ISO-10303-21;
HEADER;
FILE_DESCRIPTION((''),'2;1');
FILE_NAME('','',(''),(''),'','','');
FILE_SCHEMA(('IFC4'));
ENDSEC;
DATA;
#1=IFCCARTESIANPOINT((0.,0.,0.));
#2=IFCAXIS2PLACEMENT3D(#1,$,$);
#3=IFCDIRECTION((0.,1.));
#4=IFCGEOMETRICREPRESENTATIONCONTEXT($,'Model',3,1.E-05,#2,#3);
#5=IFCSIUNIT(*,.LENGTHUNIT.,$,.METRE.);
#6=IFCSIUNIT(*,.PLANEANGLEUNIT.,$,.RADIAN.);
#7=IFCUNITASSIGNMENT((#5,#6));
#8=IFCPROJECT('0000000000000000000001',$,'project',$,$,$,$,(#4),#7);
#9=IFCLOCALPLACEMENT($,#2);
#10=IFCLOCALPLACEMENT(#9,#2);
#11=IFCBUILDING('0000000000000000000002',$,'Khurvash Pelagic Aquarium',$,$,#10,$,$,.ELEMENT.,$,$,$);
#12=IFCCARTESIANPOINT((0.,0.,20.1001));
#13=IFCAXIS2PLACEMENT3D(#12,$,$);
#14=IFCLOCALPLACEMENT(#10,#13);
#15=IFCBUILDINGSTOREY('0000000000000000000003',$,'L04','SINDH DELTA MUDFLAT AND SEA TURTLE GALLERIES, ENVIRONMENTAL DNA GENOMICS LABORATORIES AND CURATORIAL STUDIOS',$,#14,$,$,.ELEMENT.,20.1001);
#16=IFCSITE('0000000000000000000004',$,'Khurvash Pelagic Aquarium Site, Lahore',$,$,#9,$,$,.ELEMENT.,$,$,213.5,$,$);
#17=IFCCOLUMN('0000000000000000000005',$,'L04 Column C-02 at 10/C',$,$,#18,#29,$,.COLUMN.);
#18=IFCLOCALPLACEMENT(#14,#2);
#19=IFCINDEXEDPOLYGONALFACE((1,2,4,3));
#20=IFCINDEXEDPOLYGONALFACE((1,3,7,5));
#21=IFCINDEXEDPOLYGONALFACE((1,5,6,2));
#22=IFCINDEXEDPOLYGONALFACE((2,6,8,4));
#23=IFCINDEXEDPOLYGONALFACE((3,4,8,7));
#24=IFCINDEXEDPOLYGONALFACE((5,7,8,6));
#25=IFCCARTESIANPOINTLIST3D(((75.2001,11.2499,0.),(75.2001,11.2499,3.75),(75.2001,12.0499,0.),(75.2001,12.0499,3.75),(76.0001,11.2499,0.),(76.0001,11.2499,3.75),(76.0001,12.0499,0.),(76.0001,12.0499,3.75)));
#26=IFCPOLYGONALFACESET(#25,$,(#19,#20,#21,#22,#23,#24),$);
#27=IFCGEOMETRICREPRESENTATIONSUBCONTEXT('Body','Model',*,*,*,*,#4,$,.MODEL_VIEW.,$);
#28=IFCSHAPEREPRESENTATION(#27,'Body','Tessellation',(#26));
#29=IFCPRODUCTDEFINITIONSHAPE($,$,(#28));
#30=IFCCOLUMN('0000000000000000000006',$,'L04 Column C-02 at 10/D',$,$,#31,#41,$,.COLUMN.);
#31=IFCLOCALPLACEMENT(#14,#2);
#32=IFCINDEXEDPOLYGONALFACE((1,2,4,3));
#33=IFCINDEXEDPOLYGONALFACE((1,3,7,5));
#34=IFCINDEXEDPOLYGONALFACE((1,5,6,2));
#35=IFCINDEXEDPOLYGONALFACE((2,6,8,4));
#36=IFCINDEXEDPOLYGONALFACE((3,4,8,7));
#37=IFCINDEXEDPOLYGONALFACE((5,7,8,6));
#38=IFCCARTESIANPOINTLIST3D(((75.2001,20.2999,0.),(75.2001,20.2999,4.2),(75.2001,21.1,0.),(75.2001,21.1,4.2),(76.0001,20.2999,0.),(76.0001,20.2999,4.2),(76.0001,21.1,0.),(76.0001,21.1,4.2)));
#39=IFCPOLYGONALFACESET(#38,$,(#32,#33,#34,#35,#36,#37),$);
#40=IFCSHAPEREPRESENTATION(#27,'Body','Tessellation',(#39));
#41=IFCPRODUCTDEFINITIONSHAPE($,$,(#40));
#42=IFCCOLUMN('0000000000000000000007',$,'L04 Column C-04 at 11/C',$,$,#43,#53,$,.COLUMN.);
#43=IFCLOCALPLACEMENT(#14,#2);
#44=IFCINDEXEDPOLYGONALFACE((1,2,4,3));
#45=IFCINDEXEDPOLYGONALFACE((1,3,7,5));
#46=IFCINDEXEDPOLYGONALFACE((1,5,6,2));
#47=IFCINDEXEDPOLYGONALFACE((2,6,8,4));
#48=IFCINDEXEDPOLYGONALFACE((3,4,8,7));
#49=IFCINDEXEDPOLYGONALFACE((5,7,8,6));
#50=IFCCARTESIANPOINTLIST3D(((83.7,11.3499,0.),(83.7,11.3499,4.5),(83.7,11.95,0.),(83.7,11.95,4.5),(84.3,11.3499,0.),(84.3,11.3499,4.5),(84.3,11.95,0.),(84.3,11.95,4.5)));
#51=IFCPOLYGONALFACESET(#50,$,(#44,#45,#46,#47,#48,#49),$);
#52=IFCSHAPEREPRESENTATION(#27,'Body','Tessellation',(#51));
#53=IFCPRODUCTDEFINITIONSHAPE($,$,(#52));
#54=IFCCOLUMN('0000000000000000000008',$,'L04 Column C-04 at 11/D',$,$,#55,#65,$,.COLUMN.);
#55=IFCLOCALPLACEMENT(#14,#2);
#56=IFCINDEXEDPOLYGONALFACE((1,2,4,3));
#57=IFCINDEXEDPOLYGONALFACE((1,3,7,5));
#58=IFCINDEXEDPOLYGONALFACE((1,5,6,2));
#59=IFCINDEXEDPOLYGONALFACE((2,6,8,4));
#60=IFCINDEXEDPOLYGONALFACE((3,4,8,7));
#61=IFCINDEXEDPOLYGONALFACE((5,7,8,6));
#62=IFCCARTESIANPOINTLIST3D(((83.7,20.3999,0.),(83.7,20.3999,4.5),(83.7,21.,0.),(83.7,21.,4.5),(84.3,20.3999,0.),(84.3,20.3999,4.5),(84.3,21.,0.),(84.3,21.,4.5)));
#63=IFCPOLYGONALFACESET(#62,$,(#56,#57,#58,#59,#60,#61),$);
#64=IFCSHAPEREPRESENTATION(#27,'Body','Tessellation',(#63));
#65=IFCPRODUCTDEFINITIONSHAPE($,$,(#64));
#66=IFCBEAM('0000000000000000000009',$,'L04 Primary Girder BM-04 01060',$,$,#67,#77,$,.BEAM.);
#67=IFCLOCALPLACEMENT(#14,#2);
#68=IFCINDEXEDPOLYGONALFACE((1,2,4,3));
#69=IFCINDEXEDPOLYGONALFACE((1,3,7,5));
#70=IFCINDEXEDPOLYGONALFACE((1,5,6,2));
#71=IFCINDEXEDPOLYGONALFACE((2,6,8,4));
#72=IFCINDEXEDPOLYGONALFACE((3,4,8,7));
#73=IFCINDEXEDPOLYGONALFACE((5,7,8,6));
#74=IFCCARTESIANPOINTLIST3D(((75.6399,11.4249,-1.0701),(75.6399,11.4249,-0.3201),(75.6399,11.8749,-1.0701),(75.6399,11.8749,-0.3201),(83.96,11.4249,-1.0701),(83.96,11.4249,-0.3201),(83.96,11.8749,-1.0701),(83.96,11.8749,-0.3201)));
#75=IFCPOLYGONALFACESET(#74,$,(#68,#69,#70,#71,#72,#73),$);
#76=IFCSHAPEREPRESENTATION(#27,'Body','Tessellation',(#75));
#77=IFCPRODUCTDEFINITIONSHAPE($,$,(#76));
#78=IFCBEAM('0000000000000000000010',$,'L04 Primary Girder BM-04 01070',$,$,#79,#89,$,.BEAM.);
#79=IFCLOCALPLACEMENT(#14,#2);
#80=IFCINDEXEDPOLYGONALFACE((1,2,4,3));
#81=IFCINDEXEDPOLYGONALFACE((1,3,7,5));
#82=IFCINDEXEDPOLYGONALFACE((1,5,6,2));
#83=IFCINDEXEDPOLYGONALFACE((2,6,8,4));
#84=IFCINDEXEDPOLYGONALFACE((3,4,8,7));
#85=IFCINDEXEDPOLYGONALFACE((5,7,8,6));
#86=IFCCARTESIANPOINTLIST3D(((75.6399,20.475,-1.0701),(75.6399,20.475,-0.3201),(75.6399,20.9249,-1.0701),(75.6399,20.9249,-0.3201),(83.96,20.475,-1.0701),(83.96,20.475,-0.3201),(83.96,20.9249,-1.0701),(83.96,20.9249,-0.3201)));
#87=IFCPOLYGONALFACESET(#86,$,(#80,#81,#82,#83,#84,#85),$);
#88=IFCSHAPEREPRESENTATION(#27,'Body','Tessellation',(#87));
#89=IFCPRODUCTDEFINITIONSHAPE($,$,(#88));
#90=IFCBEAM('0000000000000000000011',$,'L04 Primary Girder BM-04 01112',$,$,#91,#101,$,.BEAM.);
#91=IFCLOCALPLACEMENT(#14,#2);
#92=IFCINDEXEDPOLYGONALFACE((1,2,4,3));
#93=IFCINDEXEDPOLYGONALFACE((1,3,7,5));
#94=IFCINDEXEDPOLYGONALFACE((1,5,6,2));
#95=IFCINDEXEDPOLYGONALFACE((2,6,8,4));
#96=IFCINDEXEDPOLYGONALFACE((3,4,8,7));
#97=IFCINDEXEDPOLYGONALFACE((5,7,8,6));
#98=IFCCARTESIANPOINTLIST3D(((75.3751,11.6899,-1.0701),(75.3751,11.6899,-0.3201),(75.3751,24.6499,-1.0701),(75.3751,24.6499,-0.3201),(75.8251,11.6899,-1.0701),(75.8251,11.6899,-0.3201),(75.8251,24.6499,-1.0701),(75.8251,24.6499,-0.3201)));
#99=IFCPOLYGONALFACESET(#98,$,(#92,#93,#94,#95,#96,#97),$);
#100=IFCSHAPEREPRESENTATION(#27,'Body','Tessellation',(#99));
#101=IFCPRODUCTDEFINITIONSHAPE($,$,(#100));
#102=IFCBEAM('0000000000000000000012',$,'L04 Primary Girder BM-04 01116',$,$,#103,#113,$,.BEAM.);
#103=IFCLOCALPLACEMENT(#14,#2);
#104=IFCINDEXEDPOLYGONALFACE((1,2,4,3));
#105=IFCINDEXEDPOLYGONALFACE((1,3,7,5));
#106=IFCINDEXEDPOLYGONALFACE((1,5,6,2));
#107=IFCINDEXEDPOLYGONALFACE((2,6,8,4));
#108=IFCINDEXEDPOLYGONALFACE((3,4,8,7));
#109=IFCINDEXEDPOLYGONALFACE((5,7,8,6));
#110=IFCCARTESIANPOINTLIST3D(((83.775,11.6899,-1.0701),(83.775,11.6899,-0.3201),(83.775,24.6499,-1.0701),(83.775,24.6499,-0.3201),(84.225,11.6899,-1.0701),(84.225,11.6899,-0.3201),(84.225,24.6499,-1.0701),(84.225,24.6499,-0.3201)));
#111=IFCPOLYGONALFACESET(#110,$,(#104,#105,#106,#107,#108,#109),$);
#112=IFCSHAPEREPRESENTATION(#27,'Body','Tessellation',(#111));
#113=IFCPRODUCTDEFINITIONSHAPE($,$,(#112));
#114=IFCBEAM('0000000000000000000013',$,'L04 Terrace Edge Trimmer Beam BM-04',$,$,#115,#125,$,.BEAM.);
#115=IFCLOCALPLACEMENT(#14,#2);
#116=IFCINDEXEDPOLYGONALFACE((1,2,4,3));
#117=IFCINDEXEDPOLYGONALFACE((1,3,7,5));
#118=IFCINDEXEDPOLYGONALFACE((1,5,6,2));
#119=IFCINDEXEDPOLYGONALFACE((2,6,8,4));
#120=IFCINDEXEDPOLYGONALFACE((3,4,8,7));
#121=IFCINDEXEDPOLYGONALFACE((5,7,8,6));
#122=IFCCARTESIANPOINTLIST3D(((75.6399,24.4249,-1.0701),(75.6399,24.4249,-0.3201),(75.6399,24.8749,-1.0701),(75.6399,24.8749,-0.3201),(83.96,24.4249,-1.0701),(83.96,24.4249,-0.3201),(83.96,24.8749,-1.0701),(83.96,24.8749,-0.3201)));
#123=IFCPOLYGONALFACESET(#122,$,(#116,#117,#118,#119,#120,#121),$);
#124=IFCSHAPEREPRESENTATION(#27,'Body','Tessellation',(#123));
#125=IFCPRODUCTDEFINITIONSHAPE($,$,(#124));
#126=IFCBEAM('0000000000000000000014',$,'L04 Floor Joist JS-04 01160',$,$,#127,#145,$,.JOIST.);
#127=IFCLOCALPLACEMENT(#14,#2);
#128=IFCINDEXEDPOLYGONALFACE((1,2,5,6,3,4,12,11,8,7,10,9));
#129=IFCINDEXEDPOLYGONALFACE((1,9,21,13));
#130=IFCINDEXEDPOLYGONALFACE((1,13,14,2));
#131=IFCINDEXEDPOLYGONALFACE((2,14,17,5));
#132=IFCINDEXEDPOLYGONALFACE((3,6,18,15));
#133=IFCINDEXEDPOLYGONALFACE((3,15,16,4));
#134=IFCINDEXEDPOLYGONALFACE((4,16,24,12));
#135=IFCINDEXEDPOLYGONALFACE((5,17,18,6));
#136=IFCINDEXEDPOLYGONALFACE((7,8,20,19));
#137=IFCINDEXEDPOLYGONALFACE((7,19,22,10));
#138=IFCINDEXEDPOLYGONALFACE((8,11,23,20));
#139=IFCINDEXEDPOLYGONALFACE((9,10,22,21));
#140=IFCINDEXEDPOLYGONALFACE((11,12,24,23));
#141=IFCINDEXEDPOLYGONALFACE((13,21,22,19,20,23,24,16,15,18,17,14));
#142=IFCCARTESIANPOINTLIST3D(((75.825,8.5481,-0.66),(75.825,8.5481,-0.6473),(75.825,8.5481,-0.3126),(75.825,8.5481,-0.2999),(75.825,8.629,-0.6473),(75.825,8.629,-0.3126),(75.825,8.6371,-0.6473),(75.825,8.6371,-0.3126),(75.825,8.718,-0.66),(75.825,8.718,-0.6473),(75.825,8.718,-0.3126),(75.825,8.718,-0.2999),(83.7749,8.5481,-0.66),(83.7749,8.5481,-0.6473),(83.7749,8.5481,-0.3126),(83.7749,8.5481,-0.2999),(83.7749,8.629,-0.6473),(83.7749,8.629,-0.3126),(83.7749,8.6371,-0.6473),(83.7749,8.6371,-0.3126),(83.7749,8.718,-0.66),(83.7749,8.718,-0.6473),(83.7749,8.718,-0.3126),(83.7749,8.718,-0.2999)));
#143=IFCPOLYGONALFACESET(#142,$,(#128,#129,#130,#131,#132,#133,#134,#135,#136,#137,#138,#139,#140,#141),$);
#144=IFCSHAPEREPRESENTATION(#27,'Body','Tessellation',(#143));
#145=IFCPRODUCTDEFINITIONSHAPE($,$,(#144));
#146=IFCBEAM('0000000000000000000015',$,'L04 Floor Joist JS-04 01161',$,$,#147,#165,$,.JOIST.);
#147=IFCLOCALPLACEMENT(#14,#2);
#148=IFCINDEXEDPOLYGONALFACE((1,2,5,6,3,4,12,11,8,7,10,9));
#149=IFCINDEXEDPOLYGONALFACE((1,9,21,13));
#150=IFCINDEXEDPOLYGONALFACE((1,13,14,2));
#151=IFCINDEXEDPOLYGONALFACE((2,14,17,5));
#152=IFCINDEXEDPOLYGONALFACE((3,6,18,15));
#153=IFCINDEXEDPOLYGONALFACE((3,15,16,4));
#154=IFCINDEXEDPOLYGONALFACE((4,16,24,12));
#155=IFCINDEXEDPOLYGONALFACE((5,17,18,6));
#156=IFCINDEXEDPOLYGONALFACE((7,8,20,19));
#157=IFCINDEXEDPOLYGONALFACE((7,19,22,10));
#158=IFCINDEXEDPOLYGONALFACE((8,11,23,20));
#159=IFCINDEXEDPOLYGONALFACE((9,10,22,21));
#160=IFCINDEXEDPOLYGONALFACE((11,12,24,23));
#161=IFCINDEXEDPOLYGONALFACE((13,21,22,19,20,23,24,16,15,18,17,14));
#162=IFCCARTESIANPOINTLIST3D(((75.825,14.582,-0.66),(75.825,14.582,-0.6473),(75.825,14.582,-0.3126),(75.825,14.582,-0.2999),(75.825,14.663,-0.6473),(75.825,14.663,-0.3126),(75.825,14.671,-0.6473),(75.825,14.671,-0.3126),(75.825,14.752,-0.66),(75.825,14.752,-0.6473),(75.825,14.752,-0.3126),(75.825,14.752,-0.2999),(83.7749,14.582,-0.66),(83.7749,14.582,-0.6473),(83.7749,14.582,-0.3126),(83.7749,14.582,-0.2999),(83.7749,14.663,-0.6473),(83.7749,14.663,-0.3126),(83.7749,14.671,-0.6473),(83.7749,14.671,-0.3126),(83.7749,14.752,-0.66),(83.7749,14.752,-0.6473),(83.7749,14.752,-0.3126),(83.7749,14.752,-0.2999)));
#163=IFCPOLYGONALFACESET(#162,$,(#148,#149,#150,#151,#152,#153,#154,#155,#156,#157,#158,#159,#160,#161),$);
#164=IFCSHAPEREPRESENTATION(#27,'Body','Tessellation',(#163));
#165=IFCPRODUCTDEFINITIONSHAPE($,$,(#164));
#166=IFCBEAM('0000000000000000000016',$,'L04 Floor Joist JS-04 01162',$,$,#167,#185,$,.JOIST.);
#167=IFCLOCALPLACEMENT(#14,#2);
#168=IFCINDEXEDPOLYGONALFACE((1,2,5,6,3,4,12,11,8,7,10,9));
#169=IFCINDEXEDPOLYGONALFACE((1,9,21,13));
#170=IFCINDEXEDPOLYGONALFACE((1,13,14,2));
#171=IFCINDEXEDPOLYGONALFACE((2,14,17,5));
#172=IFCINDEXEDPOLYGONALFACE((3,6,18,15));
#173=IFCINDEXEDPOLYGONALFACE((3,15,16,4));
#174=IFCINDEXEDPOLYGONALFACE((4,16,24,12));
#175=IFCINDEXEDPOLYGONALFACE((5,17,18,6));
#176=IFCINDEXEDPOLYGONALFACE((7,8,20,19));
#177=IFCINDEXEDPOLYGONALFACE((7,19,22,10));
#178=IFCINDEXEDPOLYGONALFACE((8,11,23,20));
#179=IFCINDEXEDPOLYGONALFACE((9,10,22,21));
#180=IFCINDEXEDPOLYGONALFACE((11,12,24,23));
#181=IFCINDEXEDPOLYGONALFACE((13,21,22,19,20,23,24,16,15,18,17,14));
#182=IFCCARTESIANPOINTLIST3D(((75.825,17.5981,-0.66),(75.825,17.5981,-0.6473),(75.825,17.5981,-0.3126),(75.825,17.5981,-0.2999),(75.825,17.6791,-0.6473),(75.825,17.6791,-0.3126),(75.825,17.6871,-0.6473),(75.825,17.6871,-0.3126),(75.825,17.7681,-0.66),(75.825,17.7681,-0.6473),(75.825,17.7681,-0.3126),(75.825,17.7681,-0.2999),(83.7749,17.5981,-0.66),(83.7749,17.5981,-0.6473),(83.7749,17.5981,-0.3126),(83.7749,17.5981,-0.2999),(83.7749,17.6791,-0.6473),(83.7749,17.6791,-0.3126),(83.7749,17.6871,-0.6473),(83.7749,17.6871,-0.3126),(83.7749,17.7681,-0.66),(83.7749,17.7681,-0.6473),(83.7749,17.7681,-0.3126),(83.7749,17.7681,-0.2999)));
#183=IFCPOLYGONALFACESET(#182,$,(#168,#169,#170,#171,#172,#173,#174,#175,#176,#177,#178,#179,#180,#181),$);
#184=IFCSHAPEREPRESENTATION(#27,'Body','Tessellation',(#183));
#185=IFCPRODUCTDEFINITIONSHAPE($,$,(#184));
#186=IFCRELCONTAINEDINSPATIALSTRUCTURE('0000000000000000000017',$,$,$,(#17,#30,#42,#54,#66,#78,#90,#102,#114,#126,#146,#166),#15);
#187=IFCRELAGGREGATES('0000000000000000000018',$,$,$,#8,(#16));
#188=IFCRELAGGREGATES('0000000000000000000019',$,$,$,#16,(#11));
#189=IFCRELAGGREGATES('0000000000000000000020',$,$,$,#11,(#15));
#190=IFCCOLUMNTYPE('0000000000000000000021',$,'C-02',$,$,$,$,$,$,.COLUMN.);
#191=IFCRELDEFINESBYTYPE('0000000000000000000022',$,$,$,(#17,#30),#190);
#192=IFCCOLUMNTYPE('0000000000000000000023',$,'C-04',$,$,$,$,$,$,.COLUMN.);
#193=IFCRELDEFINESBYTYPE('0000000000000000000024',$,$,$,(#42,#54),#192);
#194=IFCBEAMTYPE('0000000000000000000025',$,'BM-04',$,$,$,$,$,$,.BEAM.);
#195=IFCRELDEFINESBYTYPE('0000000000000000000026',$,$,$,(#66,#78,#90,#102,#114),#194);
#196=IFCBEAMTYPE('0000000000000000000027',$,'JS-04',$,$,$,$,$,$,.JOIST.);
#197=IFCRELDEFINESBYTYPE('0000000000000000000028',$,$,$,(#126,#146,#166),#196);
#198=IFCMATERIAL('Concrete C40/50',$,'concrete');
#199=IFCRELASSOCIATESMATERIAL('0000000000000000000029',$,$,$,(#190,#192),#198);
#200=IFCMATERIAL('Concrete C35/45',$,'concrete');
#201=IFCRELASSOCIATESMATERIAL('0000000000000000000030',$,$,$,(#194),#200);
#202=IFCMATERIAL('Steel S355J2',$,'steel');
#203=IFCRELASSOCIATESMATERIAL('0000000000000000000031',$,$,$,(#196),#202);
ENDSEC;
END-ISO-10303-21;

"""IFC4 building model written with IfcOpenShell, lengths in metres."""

from ifc_helpers import new_model, si_unit, direction, frame, origin, origin_2d, place, context, subcontext, project, spatial, rectangle, i_section, extrude, material, material_profile, profile_set, type_object, element, save


model = new_model("IFC4")

# Units and contexts
model_context = context("Model", 3, precision=1e-05, world=origin(), true_north=direction((0.0, 1.0)))
body_context = subcontext(model_context, "Body", "Model", "MODEL_VIEW")
ifc_project = project(units=[si_unit("LENGTHUNIT", "METRE"), si_unit("PLANEANGLEUNIT", "RADIAN")], contexts=[model_context])

# Site, building, storey
site_placement = place(None, origin())
site = spatial("IfcSite", under=ifc_project, at=site_placement, Name="Khurvash Pelagic Aquarium Site, Lahore", CompositionType="ELEMENT", RefElevation=213.5)
building_placement = place(site_placement, origin())
building = spatial("IfcBuilding", under=site, at=building_placement, Name="Khurvash Pelagic Aquarium", CompositionType="ELEMENT")
storey_placement = place(building_placement, frame((0.0, 0.0, 20.1001)))
storey = spatial("IfcBuildingStorey", under=building, at=storey_placement, Name="L04", Description="SINDH DELTA MUDFLAT AND SEA TURTLE GALLERIES, ENVIRONMENTAL DNA GENOMICS LABORATORIES AND CURATORIAL STUDIOS", CompositionType="ELEMENT", Elevation=20.1001)

# Columns
ifc_material_1 = material(Name="Concrete C40/50", Category="concrete")
ifc_material_profile_1 = material_profile(ifc_material_1, rectangle(XDim=0.8, YDim=0.8, at=origin_2d()), Name="RC800X800")
ifc_profile_set_1 = profile_set([ifc_material_profile_1], Name="Concrete C40/50")
column_type_1 = type_object("IfcColumnType", Name="C-02", PredefinedType="COLUMN", material=ifc_profile_set_1)
column_1_placement = place(storey_placement, frame((75.6001, 11.6499, 0.0), z_axis=(0.0, 0.0, 1.0), x_axis=(1.0, 0.0, 0.0)))
element("IfcColumn", 1, at=column_1_placement, inside=storey, type_object=column_type_1, Name="L04 Column C-02 at 10/C", PredefinedType="COLUMN", context=body_context, shape_type="SweptSolid", body=[
    extrude(rectangle(XDim=0.8, YDim=0.8, at=origin_2d()), origin(), (0.0, 0.0, 1.0), 3.75),
])
column_2_placement = place(storey_placement, frame((75.6001, 20.7, 0.0), z_axis=(0.0, 0.0, 1.0), x_axis=(1.0, 0.0, 0.0)))
element("IfcColumn", 2, at=column_2_placement, inside=storey, type_object=column_type_1, Name="L04 Column C-02 at 10/D", PredefinedType="COLUMN", context=body_context, shape_type="SweptSolid", body=[
    extrude(rectangle(XDim=0.8, YDim=0.8, at=origin_2d()), origin(), (0.0, 0.0, 1.0), 4.2),
])
ifc_material_profile_2 = material_profile(ifc_material_1, rectangle(XDim=0.6001, YDim=0.6001, at=origin_2d()), Name="RC600X600")
ifc_profile_set_2 = profile_set([ifc_material_profile_2], Name="Concrete C40/50")
column_type_2 = type_object("IfcColumnType", Name="C-04", PredefinedType="COLUMN", material=ifc_profile_set_2)
for number, where, z_axis, x_axis, name in (
    (3, (84.0, 11.6499, 0.0), (0.0, 0.0, 1.0), (1.0, 0.0, 0.0), "L04 Column C-04 at 11/C"),
    (4, (84.0, 20.7, 0.0), (0.0, 0.0, 1.0), (1.0, 0.0, 0.0), "L04 Column C-04 at 11/D"),
):
    element("IfcColumn", number, at=place(storey_placement, frame(where, z_axis=z_axis, x_axis=x_axis)), inside=storey, type_object=column_type_2, Name=name, PredefinedType="COLUMN", context=body_context, shape_type="SweptSolid", body=[
        extrude(rectangle(XDim=0.6001, YDim=0.6001, at=origin_2d()), origin(), (0.0, 0.0, 1.0), 4.5),
    ])

# Beams
ifc_material_2 = material(Name="Concrete C35/45", Category="concrete")
ifc_material_profile_3 = material_profile(ifc_material_2, rectangle(XDim=0.45, YDim=0.75, at=origin_2d()), Name="RC450X750")
ifc_profile_set_3 = profile_set([ifc_material_profile_3], Name="Concrete C35/45")
beam_type_1 = type_object("IfcBeamType", Name="BM-04", PredefinedType="BEAM", material=ifc_profile_set_3)
for number, where, z_axis, x_axis, name in (
    (5, (75.6399, 11.6499, -0.6951), (1.0, 0.0, 0.0), (0.0, 1.0, 0.0), "L04 Primary Girder BM-04 01060"),
    (6, (75.6399, 20.7, -0.6951), (1.0, 0.0, 0.0), (0.0, 1.0, 0.0), "L04 Primary Girder BM-04 01070"),
):
    element("IfcBeam", number, at=place(storey_placement, frame(where, z_axis=z_axis, x_axis=x_axis)), inside=storey, type_object=beam_type_1, Name=name, PredefinedType="BEAM", context=body_context, shape_type="SweptSolid", body=[
        extrude(rectangle(XDim=0.45, YDim=0.75, at=origin_2d()), origin(), (0.0, 0.0, 1.0), 8.3201),
    ])
for number, where, z_axis, x_axis, name in (
    (7, (75.6001, 11.6899, -0.6951), (0.0, 1.0, 0.0), (-1.0, 0.0, 0.0), "L04 Primary Girder BM-04 01112"),
    (8, (84.0, 11.6899, -0.6951), (0.0, 1.0, 0.0), (-1.0, 0.0, 0.0), "L04 Primary Girder BM-04 01116"),
):
    element("IfcBeam", number, at=place(storey_placement, frame(where, z_axis=z_axis, x_axis=x_axis)), inside=storey, type_object=beam_type_1, Name=name, PredefinedType="BEAM", context=body_context, shape_type="SweptSolid", body=[
        extrude(rectangle(XDim=0.45, YDim=0.75, at=origin_2d()), origin(), (0.0, 0.0, 1.0), 12.96),
    ])
beam_placement = place(storey_placement, frame((75.6399, 24.6499, -0.6951), z_axis=(1.0, 0.0, 0.0), x_axis=(0.0, 1.0, 0.0)))
element("IfcBeam", 9, at=beam_placement, inside=storey, type_object=beam_type_1, Name="L04 Terrace Edge Trimmer Beam BM-04", PredefinedType="BEAM", context=body_context, shape_type="SweptSolid", body=[
    extrude(rectangle(XDim=0.45, YDim=0.75, at=origin_2d()), origin(), (0.0, 0.0, 1.0), 8.3201),
])
ifc_material_3 = material(Name="Steel S355J2", Category="steel")
ifc_material_profile_4 = material_profile(ifc_material_3, i_section(OverallWidth=0.1699, OverallDepth=0.3601, WebThickness=0.0081, FlangeThickness=0.0127, at=origin_2d()), Name="IPE360")
ifc_profile_set_4 = profile_set([ifc_material_profile_4], Name="Steel S355J2")
beam_type_2 = type_object("IfcBeamType", Name="JS-04", PredefinedType="JOIST", material=ifc_profile_set_4)
for number, where, z_axis, x_axis, name in (
    (10, (75.825, 8.6331, -0.48), (1.0, 0.0, 0.0), (0.0, 1.0, 0.0), "L04 Floor Joist JS-04 01160"),
    (11, (75.825, 14.667, -0.48), (1.0, 0.0, 0.0), (0.0, 1.0, 0.0), "L04 Floor Joist JS-04 01161"),
    (12, (75.825, 17.6831, -0.48), (1.0, 0.0, 0.0), (0.0, 1.0, 0.0), "L04 Floor Joist JS-04 01162"),
):
    element("IfcBeam", number, at=place(storey_placement, frame(where, z_axis=z_axis, x_axis=x_axis)), inside=storey, type_object=beam_type_2, Name=name, PredefinedType="JOIST", context=body_context, shape_type="SweptSolid", body=[
        extrude(i_section(OverallWidth=0.1699, OverallDepth=0.3601, WebThickness=0.0081, FlangeThickness=0.0127, at=origin_2d()), origin(), (0.0, 0.0, 1.0), 7.95),
    ])

save(model, "model.ifc")
